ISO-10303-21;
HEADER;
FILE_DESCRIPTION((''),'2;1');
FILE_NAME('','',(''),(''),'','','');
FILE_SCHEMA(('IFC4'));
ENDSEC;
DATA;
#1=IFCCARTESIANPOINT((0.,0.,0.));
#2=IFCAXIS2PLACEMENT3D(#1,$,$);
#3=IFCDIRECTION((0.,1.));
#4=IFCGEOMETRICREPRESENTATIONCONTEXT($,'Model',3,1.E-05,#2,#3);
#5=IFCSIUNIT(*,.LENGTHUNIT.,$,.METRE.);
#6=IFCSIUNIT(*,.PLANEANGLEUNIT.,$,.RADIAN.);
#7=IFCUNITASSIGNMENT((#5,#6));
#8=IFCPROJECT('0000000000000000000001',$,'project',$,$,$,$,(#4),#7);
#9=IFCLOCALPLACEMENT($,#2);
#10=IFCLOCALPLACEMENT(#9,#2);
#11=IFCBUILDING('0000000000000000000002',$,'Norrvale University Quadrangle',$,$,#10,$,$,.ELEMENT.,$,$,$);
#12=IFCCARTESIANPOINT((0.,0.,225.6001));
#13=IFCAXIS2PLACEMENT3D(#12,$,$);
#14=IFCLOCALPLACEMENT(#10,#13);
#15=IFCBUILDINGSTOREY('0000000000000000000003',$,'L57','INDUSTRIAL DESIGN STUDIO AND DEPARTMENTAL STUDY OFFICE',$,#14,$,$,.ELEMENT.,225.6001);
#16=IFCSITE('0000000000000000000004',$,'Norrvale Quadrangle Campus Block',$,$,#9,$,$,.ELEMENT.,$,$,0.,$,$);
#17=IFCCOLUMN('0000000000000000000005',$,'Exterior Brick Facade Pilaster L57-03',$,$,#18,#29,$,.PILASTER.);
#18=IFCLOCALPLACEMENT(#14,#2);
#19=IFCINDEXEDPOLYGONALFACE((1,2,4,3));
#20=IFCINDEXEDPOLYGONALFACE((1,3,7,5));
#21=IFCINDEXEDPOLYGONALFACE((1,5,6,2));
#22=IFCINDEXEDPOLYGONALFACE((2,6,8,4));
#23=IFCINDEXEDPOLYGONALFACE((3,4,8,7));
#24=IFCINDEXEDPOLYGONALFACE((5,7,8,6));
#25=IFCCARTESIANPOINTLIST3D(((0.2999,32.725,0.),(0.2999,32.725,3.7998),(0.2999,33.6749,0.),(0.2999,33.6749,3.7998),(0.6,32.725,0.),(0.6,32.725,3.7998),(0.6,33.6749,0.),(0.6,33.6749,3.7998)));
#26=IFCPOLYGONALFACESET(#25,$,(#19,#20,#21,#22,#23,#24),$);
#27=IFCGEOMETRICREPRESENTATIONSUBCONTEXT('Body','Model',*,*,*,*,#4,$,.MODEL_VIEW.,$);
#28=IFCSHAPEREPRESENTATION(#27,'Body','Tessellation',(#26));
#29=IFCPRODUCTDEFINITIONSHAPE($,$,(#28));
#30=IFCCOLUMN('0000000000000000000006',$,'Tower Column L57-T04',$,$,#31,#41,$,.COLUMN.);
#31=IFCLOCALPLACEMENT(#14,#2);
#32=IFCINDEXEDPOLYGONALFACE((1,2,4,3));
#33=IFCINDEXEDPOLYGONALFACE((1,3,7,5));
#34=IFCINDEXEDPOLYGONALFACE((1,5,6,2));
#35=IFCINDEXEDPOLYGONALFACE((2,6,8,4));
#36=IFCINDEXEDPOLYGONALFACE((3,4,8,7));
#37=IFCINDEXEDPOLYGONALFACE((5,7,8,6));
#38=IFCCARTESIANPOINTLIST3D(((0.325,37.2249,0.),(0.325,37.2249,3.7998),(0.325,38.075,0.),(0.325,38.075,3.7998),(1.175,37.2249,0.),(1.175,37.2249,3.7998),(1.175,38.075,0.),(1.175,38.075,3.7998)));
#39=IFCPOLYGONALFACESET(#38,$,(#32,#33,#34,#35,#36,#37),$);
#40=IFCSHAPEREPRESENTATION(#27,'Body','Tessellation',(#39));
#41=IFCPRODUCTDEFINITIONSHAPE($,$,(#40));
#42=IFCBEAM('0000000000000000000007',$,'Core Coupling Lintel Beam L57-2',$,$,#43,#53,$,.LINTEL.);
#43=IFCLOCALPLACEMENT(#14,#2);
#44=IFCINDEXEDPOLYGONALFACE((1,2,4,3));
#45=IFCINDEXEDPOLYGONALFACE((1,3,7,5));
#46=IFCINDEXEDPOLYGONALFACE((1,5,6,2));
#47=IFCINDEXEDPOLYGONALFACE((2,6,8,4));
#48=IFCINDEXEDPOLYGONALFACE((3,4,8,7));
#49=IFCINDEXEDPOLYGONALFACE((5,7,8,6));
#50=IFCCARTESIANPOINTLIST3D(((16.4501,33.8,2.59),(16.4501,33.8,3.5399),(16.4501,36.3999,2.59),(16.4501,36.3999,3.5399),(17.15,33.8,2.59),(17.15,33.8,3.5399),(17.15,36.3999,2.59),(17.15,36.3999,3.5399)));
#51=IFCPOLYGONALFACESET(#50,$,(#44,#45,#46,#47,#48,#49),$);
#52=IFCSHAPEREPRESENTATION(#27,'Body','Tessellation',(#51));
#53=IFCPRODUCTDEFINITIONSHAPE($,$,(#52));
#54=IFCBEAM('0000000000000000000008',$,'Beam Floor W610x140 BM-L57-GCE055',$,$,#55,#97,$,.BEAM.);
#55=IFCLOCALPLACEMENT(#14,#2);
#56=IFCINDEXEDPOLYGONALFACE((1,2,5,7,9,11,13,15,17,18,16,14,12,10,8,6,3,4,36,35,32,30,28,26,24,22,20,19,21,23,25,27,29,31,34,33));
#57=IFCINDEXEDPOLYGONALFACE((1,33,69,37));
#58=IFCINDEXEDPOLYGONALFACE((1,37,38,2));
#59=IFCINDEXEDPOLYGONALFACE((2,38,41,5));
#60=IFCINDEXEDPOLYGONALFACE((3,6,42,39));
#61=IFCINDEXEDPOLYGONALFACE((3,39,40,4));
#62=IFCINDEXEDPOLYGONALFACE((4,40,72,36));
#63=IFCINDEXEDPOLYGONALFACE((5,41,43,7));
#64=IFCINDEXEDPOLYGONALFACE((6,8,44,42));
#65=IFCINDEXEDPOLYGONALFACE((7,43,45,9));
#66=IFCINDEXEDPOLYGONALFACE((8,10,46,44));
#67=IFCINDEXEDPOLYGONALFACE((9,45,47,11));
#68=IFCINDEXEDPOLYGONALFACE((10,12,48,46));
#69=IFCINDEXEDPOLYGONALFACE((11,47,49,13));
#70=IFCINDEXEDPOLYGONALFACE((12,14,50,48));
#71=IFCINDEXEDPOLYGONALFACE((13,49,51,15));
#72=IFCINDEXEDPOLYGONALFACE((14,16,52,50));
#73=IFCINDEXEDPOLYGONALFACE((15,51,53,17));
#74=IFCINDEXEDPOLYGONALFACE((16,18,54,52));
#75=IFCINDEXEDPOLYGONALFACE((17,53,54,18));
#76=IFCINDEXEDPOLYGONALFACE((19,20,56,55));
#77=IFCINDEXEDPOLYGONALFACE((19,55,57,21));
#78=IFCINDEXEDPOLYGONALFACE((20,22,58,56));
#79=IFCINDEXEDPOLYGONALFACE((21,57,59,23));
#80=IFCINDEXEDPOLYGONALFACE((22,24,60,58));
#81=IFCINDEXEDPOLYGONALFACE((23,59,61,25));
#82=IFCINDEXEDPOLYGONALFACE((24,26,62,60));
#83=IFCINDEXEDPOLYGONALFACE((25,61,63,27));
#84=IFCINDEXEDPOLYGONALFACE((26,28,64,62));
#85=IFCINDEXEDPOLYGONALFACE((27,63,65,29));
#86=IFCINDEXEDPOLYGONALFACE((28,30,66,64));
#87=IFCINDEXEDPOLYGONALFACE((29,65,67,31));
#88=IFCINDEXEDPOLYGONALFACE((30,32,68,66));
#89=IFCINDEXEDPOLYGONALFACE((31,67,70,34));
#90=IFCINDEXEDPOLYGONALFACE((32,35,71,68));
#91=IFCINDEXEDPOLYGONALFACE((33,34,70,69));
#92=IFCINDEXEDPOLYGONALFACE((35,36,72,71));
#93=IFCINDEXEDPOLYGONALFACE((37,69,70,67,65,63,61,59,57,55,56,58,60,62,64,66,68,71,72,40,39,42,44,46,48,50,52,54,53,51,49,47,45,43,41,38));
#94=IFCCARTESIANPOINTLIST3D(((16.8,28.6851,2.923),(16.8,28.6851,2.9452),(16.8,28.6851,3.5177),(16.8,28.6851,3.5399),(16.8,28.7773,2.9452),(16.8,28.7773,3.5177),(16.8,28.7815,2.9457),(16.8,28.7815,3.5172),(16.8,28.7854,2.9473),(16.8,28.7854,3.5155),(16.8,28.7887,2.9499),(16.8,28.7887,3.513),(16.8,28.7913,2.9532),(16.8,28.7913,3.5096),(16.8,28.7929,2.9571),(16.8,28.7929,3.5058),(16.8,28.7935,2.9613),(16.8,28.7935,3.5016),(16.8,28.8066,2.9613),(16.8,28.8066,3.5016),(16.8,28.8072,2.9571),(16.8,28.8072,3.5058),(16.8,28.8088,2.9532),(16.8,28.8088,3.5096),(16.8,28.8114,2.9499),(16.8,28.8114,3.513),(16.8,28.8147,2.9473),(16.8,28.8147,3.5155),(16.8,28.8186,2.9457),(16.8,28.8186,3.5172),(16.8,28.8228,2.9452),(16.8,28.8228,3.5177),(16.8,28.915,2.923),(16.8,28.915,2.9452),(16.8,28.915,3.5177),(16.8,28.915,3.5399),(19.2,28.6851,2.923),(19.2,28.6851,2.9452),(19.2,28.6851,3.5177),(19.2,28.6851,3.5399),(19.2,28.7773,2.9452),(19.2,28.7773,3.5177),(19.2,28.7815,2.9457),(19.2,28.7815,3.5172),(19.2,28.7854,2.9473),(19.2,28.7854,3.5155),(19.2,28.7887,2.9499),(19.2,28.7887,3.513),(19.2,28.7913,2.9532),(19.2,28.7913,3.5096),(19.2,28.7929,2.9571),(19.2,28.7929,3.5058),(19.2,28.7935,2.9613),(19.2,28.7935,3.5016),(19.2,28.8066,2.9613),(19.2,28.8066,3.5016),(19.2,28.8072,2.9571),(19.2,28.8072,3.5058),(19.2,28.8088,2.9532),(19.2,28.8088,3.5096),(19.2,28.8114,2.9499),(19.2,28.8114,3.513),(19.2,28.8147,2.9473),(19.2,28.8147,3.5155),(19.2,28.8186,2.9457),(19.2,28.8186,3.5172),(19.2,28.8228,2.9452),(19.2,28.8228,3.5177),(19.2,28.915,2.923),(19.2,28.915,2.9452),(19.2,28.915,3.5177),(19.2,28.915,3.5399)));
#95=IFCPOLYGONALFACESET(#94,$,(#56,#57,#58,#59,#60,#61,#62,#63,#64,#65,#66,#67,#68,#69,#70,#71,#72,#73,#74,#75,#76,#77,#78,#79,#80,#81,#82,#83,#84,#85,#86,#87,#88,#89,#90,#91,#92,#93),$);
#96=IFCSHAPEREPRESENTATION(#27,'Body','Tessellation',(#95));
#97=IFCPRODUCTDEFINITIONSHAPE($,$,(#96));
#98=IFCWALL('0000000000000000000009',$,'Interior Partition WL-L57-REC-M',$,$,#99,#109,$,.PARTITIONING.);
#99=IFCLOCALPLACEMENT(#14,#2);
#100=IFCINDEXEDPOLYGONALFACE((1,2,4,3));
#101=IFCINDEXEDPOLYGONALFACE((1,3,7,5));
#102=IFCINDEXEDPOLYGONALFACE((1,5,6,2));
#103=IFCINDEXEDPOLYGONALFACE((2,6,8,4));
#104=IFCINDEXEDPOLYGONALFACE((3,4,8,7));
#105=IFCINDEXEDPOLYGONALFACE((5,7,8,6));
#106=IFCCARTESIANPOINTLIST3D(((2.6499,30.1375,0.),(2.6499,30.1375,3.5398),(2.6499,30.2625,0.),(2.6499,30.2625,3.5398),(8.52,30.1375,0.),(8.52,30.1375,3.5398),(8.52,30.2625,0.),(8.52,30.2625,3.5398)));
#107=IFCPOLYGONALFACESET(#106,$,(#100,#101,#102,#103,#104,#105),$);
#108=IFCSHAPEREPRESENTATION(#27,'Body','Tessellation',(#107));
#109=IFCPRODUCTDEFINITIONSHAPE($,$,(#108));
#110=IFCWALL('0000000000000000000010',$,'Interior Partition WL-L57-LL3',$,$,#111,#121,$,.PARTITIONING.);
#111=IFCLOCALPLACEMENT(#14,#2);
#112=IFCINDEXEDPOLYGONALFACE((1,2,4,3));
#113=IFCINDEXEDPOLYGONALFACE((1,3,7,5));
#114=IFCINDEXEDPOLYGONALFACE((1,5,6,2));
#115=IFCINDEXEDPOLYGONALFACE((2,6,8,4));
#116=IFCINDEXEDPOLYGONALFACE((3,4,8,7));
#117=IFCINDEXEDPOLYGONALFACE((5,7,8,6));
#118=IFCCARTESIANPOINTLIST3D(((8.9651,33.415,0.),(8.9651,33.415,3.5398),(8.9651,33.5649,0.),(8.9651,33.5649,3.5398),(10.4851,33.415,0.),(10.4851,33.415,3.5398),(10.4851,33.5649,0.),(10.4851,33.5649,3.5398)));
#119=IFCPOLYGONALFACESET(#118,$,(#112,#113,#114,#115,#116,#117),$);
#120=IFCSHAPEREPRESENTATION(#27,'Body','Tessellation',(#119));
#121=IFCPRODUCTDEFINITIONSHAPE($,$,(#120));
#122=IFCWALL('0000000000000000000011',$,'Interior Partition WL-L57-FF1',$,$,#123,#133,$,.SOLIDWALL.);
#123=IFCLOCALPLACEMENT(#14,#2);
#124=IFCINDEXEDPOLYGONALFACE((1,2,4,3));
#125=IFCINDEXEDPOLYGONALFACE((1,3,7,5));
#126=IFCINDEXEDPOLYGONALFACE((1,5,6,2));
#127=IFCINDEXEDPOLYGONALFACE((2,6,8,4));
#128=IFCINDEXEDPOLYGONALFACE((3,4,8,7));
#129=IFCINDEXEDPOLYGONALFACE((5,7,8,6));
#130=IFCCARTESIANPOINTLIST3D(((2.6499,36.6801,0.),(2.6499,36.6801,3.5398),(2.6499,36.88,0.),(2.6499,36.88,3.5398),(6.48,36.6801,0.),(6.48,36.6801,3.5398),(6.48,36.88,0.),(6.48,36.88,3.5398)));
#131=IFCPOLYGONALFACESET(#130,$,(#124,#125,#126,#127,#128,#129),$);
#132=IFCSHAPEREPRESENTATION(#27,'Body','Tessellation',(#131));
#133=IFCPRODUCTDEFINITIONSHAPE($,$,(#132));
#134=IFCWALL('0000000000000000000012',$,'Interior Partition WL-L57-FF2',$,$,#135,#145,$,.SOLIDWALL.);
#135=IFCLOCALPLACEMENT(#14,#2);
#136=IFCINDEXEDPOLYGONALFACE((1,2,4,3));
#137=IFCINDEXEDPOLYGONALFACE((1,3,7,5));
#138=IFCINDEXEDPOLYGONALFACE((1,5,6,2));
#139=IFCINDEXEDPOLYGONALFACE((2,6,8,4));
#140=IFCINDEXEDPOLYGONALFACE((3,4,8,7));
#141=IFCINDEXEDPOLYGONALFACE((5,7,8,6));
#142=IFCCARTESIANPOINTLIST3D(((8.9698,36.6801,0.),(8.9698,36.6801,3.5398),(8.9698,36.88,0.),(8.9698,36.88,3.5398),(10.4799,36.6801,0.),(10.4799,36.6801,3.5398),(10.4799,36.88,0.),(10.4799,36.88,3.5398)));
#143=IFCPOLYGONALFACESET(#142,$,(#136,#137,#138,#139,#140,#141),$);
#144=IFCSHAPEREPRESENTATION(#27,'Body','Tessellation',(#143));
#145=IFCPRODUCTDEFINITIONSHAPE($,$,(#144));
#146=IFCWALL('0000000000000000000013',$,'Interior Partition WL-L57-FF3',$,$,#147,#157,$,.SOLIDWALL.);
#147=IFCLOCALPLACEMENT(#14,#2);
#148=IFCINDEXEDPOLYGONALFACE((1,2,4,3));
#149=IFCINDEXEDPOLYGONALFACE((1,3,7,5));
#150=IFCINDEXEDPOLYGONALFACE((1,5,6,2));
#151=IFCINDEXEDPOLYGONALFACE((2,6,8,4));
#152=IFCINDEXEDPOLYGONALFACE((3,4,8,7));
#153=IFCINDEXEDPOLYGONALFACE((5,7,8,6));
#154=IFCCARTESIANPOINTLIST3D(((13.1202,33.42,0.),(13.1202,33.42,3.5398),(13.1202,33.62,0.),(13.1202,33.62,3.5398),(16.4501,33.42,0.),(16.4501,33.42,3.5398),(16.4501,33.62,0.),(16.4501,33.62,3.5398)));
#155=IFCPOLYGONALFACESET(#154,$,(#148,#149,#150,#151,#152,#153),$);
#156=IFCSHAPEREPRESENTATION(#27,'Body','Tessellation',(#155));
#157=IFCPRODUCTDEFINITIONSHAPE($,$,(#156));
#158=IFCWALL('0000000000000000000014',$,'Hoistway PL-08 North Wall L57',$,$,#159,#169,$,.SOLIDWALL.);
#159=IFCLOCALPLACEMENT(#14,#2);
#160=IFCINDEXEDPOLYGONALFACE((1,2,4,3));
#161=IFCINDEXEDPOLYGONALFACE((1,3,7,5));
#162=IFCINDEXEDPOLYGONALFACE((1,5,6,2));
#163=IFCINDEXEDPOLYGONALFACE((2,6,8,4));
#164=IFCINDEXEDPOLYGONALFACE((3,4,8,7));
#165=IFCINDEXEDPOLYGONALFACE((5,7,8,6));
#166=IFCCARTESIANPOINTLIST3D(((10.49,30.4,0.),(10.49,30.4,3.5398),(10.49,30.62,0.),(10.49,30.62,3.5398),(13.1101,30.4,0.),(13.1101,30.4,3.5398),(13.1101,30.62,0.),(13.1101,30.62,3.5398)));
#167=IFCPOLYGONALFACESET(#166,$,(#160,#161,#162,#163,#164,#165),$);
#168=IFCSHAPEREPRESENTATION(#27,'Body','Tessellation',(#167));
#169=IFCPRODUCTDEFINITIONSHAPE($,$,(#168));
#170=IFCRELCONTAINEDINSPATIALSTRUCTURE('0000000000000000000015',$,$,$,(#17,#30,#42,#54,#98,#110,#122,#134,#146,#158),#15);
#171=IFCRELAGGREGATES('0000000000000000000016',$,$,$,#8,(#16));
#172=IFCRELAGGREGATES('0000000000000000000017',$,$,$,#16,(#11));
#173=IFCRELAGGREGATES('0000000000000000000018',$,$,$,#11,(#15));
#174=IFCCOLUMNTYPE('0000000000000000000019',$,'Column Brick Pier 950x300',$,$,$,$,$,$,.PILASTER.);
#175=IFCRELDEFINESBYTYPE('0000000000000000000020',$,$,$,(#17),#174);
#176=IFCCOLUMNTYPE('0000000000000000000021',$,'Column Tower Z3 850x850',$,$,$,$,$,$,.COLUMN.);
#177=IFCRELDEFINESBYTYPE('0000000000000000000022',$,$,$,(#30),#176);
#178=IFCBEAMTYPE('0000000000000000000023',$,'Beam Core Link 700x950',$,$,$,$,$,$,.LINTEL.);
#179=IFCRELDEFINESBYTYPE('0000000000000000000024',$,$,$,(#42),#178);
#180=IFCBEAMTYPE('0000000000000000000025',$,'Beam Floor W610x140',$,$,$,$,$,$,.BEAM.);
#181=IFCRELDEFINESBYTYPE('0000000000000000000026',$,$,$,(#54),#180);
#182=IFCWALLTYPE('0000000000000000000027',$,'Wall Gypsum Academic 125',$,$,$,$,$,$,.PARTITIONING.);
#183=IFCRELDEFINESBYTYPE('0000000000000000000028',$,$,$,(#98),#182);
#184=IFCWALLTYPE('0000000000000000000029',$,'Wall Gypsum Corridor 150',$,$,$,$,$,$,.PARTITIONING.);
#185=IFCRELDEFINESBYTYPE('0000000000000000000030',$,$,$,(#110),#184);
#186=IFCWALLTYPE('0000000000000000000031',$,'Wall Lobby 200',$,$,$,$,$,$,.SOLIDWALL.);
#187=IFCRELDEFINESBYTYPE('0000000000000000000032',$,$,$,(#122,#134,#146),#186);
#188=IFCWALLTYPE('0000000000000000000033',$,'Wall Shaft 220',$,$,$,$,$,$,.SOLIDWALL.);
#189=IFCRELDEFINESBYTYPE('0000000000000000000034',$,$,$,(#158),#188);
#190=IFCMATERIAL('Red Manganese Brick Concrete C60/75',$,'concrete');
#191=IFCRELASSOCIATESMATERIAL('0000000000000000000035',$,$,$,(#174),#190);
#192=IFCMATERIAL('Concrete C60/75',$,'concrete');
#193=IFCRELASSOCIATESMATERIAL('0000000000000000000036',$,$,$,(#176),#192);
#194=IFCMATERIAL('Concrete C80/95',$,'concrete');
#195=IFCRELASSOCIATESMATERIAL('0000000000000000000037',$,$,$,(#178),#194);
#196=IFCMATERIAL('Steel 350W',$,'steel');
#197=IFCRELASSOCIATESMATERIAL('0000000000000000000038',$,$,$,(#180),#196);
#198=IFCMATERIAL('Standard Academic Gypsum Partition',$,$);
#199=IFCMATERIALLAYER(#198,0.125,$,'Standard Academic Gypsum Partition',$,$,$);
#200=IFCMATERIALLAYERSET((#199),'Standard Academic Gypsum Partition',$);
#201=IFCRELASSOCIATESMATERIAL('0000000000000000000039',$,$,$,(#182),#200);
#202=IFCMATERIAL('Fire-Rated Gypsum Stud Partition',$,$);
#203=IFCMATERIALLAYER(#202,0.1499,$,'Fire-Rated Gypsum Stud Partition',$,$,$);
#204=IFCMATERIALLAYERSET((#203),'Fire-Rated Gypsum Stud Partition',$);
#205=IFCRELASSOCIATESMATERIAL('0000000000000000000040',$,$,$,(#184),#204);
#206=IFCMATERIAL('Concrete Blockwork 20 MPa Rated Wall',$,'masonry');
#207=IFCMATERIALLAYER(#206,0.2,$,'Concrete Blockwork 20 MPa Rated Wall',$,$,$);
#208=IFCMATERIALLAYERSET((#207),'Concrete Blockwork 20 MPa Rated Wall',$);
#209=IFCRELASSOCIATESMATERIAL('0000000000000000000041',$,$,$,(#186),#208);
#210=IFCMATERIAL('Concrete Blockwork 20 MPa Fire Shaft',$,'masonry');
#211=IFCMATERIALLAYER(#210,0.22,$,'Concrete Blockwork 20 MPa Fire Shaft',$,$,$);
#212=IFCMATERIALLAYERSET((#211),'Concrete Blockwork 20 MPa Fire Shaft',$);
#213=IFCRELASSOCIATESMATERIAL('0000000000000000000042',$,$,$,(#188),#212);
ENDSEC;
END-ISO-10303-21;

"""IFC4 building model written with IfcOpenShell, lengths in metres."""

from ifc_helpers import new_model, si_unit, direction, frame, frame_2d, origin, origin_2d, place, context, subcontext, project, spatial, rectangle, i_section, extrude, material, layer, layer_set, material_profile, profile_set, type_object, element, save


model = new_model("IFC4")

# Units and contexts
model_context = context("Model", 3, precision=1e-05, world=origin(), true_north=direction((0.0, 1.0)))
body_context = subcontext(model_context, "Body", "Model", "MODEL_VIEW")
ifc_project = project(units=[si_unit("LENGTHUNIT", "METRE"), si_unit("PLANEANGLEUNIT", "RADIAN")], contexts=[model_context])

# Site, building, storey
site_placement = place(None, origin())
site = spatial("IfcSite", under=ifc_project, at=site_placement, Name="Norrvale Quadrangle Campus Block", CompositionType="ELEMENT", RefElevation=0.0)
building_placement = place(site_placement, origin())
building = spatial("IfcBuilding", under=site, at=building_placement, Name="Norrvale University Quadrangle", CompositionType="ELEMENT")
storey_placement = place(building_placement, frame((0.0, 0.0, 225.6001)))
storey = spatial("IfcBuildingStorey", under=building, at=storey_placement, Name="L57", Description="INDUSTRIAL DESIGN STUDIO AND DEPARTMENTAL STUDY OFFICE", CompositionType="ELEMENT", Elevation=225.6001)

# Columns
ifc_material_1 = material(Name="Red Manganese Brick Concrete C60/75", Category="concrete")
ifc_material_profile_1 = material_profile(ifc_material_1, rectangle(XDim=0.95, YDim=0.3, at=origin_2d()), Name="Red Manganese Brick Concrete C60/75")
ifc_profile_set_1 = profile_set([ifc_material_profile_1], Name="Red Manganese Brick Concrete C60/75")
column_type_1 = type_object("IfcColumnType", Name="Column Brick Pier 950x300", PredefinedType="PILASTER", material=ifc_profile_set_1)
column_1_placement = place(storey_placement, frame((0.45, 33.2, 0.0), z_axis=(0.0, 0.0, 1.0), x_axis=(0.0, 1.0, 0.0)))
element("IfcColumn", 1, at=column_1_placement, inside=storey, type_object=column_type_1, Name="Exterior Brick Facade Pilaster L57-03", PredefinedType="PILASTER", context=body_context, shape_type="SweptSolid", body=[
    extrude(rectangle(XDim=0.95, YDim=0.3, at=origin_2d()), origin(), (0.0, 0.0, 1.0), 3.7998),
])
ifc_material_2 = material(Name="Concrete C60/75", Category="concrete")
ifc_material_profile_2 = material_profile(ifc_material_2, rectangle(XDim=0.8501, YDim=0.8501, at=origin_2d()), Name="Concrete C60/75")
ifc_profile_set_2 = profile_set([ifc_material_profile_2], Name="Concrete C60/75")
column_type_2 = type_object("IfcColumnType", Name="Column Tower Z3 850x850", PredefinedType="COLUMN", material=ifc_profile_set_2)
column_2_placement = place(storey_placement, frame((0.75, 37.6499, 0.0), z_axis=(0.0, 0.0, 1.0), x_axis=(1.0, 0.0, 0.0)))
element("IfcColumn", 2, at=column_2_placement, inside=storey, type_object=column_type_2, Name="Tower Column L57-T04", PredefinedType="COLUMN", context=body_context, shape_type="SweptSolid", body=[
    extrude(rectangle(XDim=0.8501, YDim=0.8501, at=origin_2d()), origin(), (0.0, 0.0, 1.0), 3.7998),
])

# Beams
ifc_material_3 = material(Name="Concrete C80/95", Category="concrete")
ifc_material_profile_3 = material_profile(ifc_material_3, rectangle(XDim=0.7, YDim=0.95, at=origin_2d()), Name="Concrete C80/95")
ifc_profile_set_3 = profile_set([ifc_material_profile_3], Name="Concrete C80/95")
beam_type_1 = type_object("IfcBeamType", Name="Beam Core Link 700x950", PredefinedType="LINTEL", material=ifc_profile_set_3)
beam_1_placement = place(storey_placement, frame((16.8, 33.8, 3.0649), z_axis=(0.0, 1.0, 0.0), x_axis=(-1.0, 0.0, 0.0)))
element("IfcBeam", 3, at=beam_1_placement, inside=storey, type_object=beam_type_1, Name="Core Coupling Lintel Beam L57-2", PredefinedType="LINTEL", context=body_context, shape_type="SweptSolid", body=[
    extrude(rectangle(XDim=0.7, YDim=0.95, at=origin_2d()), origin(), (0.0, 0.0, 1.0), 2.5999),
])
ifc_material_4 = material(Name="Steel 350W", Category="steel")
ifc_material_profile_4 = material_profile(ifc_material_4, i_section(OverallWidth=0.23, OverallDepth=0.6169, WebThickness=0.0132, FlangeThickness=0.0222, FilletRadius=0.0161, at=origin_2d()), Name="Steel 350W")
ifc_profile_set_4 = profile_set([ifc_material_profile_4], Name="Steel 350W")
beam_type_2 = type_object("IfcBeamType", Name="Beam Floor W610x140", PredefinedType="BEAM", material=ifc_profile_set_4)
beam_2_placement = place(storey_placement, frame((16.8, 28.8, 3.2314), z_axis=(1.0, 0.0, 0.0), x_axis=(0.0, 1.0, 0.0)))
element("IfcBeam", 4, at=beam_2_placement, inside=storey, type_object=beam_type_2, Name="Beam Floor W610x140 BM-L57-GCE055", PredefinedType="BEAM", context=body_context, shape_type="SweptSolid", body=[
    extrude(i_section(OverallWidth=0.23, OverallDepth=0.6169, WebThickness=0.0132, FlangeThickness=0.0222, FilletRadius=0.0161, at=origin_2d()), origin(), (0.0, 0.0, 1.0), 2.3999),
])

# Walls
ifc_material_5 = material(Name="Standard Academic Gypsum Partition")
ifc_layer_1 = layer(ifc_material_5, 0.125, Name="Standard Academic Gypsum Partition")
ifc_layer_set_1 = layer_set([ifc_layer_1], Name="Standard Academic Gypsum Partition")
wall_type_1 = type_object("IfcWallType", Name="Wall Gypsum Academic 125", PredefinedType="PARTITIONING", material=ifc_layer_set_1)
wall_1_placement = place(storey_placement, frame((2.6499, 30.2, 0.0), z_axis=(0.0, 0.0, 1.0), x_axis=(1.0, 0.0, 0.0)))
element("IfcWall", 5, at=wall_1_placement, inside=storey, type_object=wall_type_1, Name="Interior Partition WL-L57-REC-M", PredefinedType="PARTITIONING", context=body_context, shape_type="SweptSolid", body=[
    extrude(rectangle(XDim=5.8701, YDim=0.125, at=frame_2d((2.9351, 0.0))), origin(), (0.0, 0.0, 1.0), 3.5398),
])
ifc_material_6 = material(Name="Fire-Rated Gypsum Stud Partition")
ifc_layer_2 = layer(ifc_material_6, 0.1499, Name="Fire-Rated Gypsum Stud Partition")
ifc_layer_set_2 = layer_set([ifc_layer_2], Name="Fire-Rated Gypsum Stud Partition")
wall_type_2 = type_object("IfcWallType", Name="Wall Gypsum Corridor 150", PredefinedType="PARTITIONING", material=ifc_layer_set_2)
wall_2_placement = place(storey_placement, frame((8.9651, 33.49, 0.0), z_axis=(0.0, 0.0, 1.0), x_axis=(1.0, 0.0, 0.0)))
element("IfcWall", 6, at=wall_2_placement, inside=storey, type_object=wall_type_2, Name="Interior Partition WL-L57-LL3", PredefinedType="PARTITIONING", context=body_context, shape_type="SweptSolid", body=[
    extrude(rectangle(XDim=1.52, YDim=0.1499, at=frame_2d((0.76, 0.0))), origin(), (0.0, 0.0, 1.0), 3.5398),
])
ifc_material_7 = material(Name="Concrete Blockwork 20 MPa Rated Wall", Category="masonry")
ifc_layer_3 = layer(ifc_material_7, 0.2, Name="Concrete Blockwork 20 MPa Rated Wall")
ifc_layer_set_3 = layer_set([ifc_layer_3], Name="Concrete Blockwork 20 MPa Rated Wall")
wall_type_3 = type_object("IfcWallType", Name="Wall Lobby 200", PredefinedType="SOLIDWALL", material=ifc_layer_set_3)
wall_3_placement = place(storey_placement, frame((2.6499, 36.78, 0.0), z_axis=(0.0, 0.0, 1.0), x_axis=(1.0, 0.0, 0.0)))
element("IfcWall", 7, at=wall_3_placement, inside=storey, type_object=wall_type_3, Name="Interior Partition WL-L57-FF1", PredefinedType="SOLIDWALL", context=body_context, shape_type="SweptSolid", body=[
    extrude(rectangle(XDim=3.8301, YDim=0.2, at=frame_2d((1.915, 0.0))), origin(), (0.0, 0.0, 1.0), 3.5398),
])
wall_4_placement = place(storey_placement, frame((8.97, 36.78, 0.0), z_axis=(0.0, 0.0, 1.0), x_axis=(1.0, 0.0, 0.0)))
element("IfcWall", 8, at=wall_4_placement, inside=storey, type_object=wall_type_3, Name="Interior Partition WL-L57-FF2", PredefinedType="SOLIDWALL", context=body_context, shape_type="SweptSolid", body=[
    extrude(rectangle(XDim=1.51, YDim=0.2, at=frame_2d((0.7549, 0.0))), origin(), (0.0, 0.0, 1.0), 3.5398),
])
wall_5_placement = place(storey_placement, frame((13.1201, 33.52, 0.0), z_axis=(0.0, 0.0, 1.0), x_axis=(1.0, 0.0, 0.0)))
element("IfcWall", 9, at=wall_5_placement, inside=storey, type_object=wall_type_3, Name="Interior Partition WL-L57-FF3", PredefinedType="SOLIDWALL", context=body_context, shape_type="SweptSolid", body=[
    extrude(rectangle(XDim=3.3298, YDim=0.2, at=frame_2d((1.665, 0.0))), origin(), (0.0, 0.0, 1.0), 3.5398),
])
ifc_material_8 = material(Name="Concrete Blockwork 20 MPa Fire Shaft", Category="masonry")
ifc_layer_4 = layer(ifc_material_8, 0.22, Name="Concrete Blockwork 20 MPa Fire Shaft")
ifc_layer_set_4 = layer_set([ifc_layer_4], Name="Concrete Blockwork 20 MPa Fire Shaft")
wall_type_4 = type_object("IfcWallType", Name="Wall Shaft 220", PredefinedType="SOLIDWALL", material=ifc_layer_set_4)
wall_6_placement = place(storey_placement, frame((10.49, 30.51, 0.0), z_axis=(0.0, 0.0, 1.0), x_axis=(1.0, 0.0, 0.0)))
element("IfcWall", 10, at=wall_6_placement, inside=storey, type_object=wall_type_4, Name="Hoistway PL-08 North Wall L57", PredefinedType="SOLIDWALL", context=body_context, shape_type="SweptSolid", body=[
    extrude(rectangle(XDim=2.6201, YDim=0.22, at=frame_2d((1.3101, 0.0))), origin(), (0.0, 0.0, 1.0), 3.5398),
])

save(model, "model.ifc")
